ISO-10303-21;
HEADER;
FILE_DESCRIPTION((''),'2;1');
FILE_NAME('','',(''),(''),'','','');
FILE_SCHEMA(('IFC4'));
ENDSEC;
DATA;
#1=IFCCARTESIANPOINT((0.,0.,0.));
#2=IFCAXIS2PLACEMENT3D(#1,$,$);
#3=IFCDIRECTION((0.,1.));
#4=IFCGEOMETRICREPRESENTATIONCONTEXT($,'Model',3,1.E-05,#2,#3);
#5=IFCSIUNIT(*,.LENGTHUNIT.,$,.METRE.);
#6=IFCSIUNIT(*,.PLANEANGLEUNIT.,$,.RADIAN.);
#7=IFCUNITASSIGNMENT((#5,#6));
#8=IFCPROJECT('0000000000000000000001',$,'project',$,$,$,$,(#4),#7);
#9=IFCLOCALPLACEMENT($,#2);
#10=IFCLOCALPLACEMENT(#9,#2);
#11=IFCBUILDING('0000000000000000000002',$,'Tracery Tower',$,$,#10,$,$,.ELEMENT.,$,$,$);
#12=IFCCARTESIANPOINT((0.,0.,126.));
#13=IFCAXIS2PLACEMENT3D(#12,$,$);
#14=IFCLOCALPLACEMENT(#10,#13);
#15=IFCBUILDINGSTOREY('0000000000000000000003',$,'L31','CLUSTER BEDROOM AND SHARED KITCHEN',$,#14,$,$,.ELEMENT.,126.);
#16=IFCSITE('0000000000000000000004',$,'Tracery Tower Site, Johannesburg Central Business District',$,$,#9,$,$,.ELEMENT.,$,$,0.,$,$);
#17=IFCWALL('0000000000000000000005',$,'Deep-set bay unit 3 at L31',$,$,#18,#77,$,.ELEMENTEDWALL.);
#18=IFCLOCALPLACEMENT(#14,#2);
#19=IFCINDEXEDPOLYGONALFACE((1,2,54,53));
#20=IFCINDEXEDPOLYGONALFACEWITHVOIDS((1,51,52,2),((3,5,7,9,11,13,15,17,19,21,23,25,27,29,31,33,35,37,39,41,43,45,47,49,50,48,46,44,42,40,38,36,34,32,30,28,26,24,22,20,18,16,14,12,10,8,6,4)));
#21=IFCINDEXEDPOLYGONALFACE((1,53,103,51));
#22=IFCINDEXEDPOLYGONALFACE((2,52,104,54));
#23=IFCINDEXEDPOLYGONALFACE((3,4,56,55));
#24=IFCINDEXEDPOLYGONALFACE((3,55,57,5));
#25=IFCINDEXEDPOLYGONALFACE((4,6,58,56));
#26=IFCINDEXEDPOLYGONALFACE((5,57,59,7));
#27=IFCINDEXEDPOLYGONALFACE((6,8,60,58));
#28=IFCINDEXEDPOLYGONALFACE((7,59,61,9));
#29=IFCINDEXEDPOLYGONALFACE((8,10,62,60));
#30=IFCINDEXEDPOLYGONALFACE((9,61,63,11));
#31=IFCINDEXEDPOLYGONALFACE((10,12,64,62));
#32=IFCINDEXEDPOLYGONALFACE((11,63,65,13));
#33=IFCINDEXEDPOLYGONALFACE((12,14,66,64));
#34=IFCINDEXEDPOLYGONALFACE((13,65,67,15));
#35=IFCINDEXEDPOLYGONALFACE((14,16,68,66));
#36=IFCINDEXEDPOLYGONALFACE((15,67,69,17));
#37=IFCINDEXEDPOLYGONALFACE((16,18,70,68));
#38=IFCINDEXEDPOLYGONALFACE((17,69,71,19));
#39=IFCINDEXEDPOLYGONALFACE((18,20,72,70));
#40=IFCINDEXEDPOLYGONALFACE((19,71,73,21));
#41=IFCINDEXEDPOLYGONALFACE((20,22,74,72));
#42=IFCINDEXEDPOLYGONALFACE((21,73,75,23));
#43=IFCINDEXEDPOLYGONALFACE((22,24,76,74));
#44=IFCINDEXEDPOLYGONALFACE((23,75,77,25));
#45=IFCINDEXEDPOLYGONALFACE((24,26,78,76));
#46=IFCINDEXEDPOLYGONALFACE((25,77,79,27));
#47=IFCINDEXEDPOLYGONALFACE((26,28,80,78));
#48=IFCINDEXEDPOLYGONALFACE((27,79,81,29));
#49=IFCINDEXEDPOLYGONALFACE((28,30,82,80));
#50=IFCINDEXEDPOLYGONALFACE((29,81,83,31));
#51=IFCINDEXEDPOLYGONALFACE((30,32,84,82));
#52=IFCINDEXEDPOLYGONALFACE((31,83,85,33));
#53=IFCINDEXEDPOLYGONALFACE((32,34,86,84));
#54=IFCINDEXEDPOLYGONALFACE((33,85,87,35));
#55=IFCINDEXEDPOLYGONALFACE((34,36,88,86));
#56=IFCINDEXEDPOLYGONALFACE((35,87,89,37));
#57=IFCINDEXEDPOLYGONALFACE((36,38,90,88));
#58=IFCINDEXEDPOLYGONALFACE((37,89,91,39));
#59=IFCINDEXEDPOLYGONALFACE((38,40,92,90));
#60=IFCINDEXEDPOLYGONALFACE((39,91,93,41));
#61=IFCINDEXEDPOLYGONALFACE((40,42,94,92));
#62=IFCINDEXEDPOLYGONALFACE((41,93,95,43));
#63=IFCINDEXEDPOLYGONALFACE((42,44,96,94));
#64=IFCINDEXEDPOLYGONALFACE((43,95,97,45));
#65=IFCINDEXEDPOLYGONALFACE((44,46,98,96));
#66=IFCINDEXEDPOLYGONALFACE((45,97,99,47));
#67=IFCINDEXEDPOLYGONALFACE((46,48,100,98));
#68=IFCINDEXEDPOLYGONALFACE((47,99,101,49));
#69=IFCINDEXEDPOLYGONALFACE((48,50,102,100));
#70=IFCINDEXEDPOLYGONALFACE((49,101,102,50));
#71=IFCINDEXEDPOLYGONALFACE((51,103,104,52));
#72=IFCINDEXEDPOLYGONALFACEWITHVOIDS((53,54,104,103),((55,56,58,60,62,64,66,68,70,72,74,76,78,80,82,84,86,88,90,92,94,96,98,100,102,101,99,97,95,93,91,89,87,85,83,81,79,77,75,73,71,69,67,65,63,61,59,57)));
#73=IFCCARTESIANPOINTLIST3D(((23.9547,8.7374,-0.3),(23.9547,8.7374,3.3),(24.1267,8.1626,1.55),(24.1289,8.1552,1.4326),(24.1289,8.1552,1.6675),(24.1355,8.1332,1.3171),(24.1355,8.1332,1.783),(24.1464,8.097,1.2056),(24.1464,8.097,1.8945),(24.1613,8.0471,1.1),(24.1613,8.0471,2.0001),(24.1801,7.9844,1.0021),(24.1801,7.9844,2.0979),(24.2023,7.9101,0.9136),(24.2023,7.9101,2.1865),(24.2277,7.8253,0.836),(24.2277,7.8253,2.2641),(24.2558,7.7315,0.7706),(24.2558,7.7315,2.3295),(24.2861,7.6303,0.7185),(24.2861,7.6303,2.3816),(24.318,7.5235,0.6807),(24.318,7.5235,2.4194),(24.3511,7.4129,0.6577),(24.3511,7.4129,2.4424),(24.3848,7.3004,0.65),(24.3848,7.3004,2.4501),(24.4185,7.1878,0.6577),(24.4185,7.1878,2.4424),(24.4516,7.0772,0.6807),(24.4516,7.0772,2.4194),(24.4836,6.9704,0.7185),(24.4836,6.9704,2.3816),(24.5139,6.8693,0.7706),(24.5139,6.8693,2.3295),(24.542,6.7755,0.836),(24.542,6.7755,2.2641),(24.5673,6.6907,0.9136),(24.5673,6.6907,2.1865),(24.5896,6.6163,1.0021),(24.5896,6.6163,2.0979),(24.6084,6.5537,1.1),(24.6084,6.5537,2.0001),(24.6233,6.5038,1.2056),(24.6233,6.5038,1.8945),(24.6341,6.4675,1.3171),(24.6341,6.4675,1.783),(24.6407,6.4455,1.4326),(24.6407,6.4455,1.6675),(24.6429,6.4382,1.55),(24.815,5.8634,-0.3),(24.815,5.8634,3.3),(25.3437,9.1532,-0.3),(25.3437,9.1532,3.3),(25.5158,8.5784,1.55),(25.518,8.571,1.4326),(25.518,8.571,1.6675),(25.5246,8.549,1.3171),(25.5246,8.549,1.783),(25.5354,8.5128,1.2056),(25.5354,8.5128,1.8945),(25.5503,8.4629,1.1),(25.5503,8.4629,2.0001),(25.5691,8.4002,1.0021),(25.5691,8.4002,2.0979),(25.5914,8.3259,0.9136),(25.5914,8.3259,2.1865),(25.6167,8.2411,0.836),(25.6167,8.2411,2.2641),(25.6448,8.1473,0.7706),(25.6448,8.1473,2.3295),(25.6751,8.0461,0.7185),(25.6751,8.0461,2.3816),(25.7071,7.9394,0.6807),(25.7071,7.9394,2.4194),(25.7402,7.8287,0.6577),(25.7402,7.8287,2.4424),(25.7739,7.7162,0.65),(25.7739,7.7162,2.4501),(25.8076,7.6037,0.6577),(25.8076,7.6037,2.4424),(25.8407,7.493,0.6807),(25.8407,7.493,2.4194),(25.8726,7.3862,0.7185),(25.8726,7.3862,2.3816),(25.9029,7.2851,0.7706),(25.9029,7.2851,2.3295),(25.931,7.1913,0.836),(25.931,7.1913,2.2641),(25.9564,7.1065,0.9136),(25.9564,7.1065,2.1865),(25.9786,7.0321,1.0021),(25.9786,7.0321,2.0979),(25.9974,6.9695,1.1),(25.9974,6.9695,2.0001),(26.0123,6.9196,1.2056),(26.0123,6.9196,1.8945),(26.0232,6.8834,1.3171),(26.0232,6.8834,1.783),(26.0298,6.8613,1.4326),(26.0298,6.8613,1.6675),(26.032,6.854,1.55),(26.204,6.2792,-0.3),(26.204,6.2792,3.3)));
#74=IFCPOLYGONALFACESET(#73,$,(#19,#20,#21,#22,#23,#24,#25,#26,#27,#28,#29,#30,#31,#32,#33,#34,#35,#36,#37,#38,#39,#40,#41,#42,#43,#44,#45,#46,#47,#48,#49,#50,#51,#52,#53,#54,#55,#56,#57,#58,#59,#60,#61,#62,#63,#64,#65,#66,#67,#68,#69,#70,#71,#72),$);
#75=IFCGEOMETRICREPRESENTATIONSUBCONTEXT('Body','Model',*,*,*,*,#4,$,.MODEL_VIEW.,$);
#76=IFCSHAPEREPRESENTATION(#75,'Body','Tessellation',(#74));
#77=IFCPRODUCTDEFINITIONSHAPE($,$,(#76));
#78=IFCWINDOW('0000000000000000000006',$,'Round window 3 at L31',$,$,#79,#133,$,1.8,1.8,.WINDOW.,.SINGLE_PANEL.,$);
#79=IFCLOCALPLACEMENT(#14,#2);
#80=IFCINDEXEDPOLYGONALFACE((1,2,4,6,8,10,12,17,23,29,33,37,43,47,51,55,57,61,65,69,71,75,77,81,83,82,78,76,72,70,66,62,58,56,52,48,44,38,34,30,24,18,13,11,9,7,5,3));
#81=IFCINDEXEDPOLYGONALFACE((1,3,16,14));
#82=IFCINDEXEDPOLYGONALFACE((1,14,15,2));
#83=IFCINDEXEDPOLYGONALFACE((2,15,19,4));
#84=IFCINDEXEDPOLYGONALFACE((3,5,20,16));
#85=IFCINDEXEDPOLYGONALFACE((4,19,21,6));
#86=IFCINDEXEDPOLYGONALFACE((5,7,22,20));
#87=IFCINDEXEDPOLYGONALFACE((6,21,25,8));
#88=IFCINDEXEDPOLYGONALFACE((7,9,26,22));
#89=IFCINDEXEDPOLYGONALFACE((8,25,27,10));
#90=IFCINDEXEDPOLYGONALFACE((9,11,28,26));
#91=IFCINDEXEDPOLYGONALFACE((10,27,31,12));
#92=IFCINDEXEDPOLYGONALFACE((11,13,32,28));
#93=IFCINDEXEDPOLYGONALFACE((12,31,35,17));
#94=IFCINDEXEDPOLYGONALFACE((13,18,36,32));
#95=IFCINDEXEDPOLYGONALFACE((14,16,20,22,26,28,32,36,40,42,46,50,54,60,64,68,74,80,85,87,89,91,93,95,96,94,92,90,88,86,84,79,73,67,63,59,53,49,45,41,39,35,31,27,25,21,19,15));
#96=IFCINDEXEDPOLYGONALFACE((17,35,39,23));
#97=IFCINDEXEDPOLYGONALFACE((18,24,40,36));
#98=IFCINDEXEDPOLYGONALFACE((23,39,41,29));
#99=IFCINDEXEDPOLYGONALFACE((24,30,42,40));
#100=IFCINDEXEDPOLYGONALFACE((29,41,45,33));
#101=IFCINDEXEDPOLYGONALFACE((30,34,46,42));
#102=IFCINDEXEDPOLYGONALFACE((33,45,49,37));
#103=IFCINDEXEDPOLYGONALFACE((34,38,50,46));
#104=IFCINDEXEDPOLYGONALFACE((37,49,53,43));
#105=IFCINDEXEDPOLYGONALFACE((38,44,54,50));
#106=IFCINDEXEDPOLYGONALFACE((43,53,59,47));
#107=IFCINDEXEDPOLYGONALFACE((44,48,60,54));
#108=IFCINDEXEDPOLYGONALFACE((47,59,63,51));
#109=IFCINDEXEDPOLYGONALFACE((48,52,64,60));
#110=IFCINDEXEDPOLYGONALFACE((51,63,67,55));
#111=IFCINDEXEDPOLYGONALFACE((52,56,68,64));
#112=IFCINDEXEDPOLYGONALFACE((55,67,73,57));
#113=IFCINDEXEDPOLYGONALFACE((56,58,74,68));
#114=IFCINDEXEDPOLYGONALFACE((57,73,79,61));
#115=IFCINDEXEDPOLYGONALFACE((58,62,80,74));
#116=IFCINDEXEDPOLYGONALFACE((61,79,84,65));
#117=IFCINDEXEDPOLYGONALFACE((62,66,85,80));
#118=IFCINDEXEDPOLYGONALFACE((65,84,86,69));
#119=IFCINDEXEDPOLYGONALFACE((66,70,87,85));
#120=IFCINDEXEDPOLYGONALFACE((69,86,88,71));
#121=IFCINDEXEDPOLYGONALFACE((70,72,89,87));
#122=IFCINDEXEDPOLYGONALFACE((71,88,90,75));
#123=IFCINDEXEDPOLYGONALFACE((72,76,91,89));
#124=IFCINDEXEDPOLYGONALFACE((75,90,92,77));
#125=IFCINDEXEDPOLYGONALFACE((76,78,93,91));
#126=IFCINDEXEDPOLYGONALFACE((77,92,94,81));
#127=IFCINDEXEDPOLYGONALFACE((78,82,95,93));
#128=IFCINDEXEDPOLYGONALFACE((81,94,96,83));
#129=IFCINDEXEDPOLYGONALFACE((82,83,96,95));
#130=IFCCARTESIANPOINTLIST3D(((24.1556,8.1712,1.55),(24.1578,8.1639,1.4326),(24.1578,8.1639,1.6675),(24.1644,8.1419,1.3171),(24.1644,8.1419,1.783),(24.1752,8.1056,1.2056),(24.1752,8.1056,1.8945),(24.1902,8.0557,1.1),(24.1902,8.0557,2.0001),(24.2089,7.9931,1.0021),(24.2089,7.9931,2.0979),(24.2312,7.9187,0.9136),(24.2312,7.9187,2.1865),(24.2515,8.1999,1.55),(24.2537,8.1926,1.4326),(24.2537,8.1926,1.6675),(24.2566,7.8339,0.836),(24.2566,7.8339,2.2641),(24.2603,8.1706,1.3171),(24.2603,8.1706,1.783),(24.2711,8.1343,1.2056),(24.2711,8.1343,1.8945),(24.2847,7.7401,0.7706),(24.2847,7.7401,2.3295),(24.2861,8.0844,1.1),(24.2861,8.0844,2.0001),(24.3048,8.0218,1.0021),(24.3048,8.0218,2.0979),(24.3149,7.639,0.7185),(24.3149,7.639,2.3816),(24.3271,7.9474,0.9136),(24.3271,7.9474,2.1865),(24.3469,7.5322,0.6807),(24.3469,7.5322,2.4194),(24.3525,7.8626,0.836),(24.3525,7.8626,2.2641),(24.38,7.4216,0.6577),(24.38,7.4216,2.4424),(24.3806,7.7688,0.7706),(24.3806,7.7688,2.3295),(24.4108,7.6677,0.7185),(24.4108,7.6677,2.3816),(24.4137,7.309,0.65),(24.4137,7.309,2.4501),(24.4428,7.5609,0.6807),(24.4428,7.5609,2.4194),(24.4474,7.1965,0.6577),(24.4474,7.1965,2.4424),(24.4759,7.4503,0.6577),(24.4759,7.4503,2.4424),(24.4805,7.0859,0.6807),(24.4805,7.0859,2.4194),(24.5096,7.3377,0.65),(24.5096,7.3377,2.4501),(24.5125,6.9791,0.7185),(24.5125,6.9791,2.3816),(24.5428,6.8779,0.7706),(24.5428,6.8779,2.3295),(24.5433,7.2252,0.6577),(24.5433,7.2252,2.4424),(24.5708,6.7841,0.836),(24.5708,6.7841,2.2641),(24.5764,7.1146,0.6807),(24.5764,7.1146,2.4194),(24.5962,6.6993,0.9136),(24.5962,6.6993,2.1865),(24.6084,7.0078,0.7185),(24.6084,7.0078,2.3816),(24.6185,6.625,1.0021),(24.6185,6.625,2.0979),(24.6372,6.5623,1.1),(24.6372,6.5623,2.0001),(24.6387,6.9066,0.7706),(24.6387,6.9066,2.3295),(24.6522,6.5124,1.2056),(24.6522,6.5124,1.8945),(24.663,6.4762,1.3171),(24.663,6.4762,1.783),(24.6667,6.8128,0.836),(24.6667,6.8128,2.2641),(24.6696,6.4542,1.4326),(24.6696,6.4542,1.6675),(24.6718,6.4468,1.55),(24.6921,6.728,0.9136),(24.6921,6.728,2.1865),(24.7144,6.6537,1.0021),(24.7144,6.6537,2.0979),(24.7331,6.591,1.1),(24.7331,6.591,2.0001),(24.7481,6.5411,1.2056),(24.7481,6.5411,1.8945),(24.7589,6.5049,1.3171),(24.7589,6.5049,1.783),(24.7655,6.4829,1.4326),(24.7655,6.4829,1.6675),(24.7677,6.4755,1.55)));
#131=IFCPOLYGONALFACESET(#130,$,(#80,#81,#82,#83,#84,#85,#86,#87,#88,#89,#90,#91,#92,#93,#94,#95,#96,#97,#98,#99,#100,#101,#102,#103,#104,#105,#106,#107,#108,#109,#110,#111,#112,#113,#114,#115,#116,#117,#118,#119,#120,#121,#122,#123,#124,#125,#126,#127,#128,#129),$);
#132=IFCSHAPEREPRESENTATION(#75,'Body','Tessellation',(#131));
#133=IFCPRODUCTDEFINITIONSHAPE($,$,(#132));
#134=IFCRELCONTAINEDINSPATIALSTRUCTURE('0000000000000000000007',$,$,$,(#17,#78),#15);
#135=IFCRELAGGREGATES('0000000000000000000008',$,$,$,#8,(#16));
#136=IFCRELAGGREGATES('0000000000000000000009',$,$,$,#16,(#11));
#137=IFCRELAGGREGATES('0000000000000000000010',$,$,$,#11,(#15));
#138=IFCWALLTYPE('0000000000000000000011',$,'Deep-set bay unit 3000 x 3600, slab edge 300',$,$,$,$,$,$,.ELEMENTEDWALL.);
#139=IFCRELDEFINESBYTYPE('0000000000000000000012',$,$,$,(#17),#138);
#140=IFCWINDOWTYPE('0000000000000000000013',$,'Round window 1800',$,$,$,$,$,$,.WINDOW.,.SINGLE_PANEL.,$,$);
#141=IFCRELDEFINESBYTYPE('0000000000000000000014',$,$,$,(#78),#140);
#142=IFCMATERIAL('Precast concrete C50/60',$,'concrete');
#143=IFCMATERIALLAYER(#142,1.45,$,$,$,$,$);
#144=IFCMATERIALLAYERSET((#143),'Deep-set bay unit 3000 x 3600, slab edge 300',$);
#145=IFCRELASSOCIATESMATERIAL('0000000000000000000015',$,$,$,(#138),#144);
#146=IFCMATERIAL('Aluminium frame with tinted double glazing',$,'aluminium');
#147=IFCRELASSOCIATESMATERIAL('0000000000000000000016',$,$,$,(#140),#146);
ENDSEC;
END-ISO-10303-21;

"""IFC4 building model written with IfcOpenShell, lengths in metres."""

from ifc_helpers import new_model, si_unit, direction, frame, frame_2d, origin, origin_2d, place, context, subcontext, project, spatial, rectangle, circle, extrude, material, layer, layer_set, type_object, element, fill, save


model = new_model("IFC4")

# Units and contexts
model_context = context("Model", 3, precision=1e-05, world=origin(), true_north=direction((0.0, 1.0)))
body_context = subcontext(model_context, "Body", "Model", "MODEL_VIEW")
ifc_project = project(units=[si_unit("LENGTHUNIT", "METRE"), si_unit("PLANEANGLEUNIT", "RADIAN")], contexts=[model_context])

# Site, building, storey
site_placement = place(None, origin())
site = spatial("IfcSite", under=ifc_project, at=site_placement, Name="Tracery Tower Site, Johannesburg Central Business District", CompositionType="ELEMENT", RefElevation=0.0)
building_placement = place(site_placement, origin())
building = spatial("IfcBuilding", under=site, at=building_placement, Name="Tracery Tower", CompositionType="ELEMENT")
storey_placement = place(building_placement, frame((0.0, 0.0, 126.0)))
storey = spatial("IfcBuildingStorey", under=building, at=storey_placement, Name="L31", Description="CLUSTER BEDROOM AND SHARED KITCHEN", CompositionType="ELEMENT", Elevation=126.0)

# Wall, opening, window
ifc_material_1 = material(Name="Precast concrete C50/60", Category="concrete")
ifc_layer_1 = layer(ifc_material_1, 1.45)
ifc_layer_set_1 = layer_set([ifc_layer_1], Name="Deep-set bay unit 3000 x 3600, slab edge 300")
wall_type_1 = type_object("IfcWallType", Name="Deep-set bay unit 3000 x 3600, slab edge 300", PredefinedType="ELEMENTEDWALL", material=ifc_layer_set_1)
wall_1_placement = place(storey_placement, frame((25.5095, 6.0713, -0.3), z_axis=(0.0, 0.0, 1.0), x_axis=(-0.28678, 0.957996, 0.0)))
wall_1 = element("IfcWall", 1, at=wall_1_placement, inside=storey, type_object=wall_type_1, Name="Deep-set bay unit 3 at L31", PredefinedType="ELEMENTEDWALL", context=body_context, shape_type="SweptSolid", body=[
    extrude(rectangle(XDim=3.0, YDim=1.45, at=frame_2d((1.5, 0.0))), origin(), (0.0, 0.0, 1.0), 3.6001),
])
opening_1_placement = place(wall_1_placement, frame((1.5, 0.0, 1.8501)))
opening_1 = element("IfcOpeningElement", 2, at=opening_1_placement, cuts=wall_1, PredefinedType="OPENING", context=body_context, shape_type="SweptSolid", body=[
    extrude(circle(Radius=0.9, at=origin_2d()), frame((0.0, 0.7349, 0.0), z_axis=(0.0, -1.0, 0.0), x_axis=(1.0, 0.0, 0.0)), (0.0, 0.0, 1.0), 1.47),
])
ifc_material_2 = material(Name="Aluminium frame with tinted double glazing", Category="aluminium")
window_type = type_object("IfcWindowType", Name="Round window 1800", PartitioningType="SINGLE_PANEL", PredefinedType="WINDOW", material=ifc_material_2)
window_1_placement = place(opening_1_placement, origin())
window_1 = element("IfcWindow", 3, at=window_1_placement, inside=storey, type_object=window_type, Name="Round window 3 at L31", OverallHeight=1.8, OverallWidth=1.8, PartitioningType="SINGLE_PANEL", PredefinedType="WINDOW", context=body_context, shape_type="SweptSolid", body=[
    extrude(circle(Radius=0.9, at=origin_2d()), frame((0.0, 0.6948, 0.0), z_axis=(0.0, -1.0, 0.0), x_axis=(1.0, 0.0, 0.0)), (0.0, 0.0, 1.0), 0.1001),
])
fill(opening_1, window_1)

save(model, "model.ifc")
